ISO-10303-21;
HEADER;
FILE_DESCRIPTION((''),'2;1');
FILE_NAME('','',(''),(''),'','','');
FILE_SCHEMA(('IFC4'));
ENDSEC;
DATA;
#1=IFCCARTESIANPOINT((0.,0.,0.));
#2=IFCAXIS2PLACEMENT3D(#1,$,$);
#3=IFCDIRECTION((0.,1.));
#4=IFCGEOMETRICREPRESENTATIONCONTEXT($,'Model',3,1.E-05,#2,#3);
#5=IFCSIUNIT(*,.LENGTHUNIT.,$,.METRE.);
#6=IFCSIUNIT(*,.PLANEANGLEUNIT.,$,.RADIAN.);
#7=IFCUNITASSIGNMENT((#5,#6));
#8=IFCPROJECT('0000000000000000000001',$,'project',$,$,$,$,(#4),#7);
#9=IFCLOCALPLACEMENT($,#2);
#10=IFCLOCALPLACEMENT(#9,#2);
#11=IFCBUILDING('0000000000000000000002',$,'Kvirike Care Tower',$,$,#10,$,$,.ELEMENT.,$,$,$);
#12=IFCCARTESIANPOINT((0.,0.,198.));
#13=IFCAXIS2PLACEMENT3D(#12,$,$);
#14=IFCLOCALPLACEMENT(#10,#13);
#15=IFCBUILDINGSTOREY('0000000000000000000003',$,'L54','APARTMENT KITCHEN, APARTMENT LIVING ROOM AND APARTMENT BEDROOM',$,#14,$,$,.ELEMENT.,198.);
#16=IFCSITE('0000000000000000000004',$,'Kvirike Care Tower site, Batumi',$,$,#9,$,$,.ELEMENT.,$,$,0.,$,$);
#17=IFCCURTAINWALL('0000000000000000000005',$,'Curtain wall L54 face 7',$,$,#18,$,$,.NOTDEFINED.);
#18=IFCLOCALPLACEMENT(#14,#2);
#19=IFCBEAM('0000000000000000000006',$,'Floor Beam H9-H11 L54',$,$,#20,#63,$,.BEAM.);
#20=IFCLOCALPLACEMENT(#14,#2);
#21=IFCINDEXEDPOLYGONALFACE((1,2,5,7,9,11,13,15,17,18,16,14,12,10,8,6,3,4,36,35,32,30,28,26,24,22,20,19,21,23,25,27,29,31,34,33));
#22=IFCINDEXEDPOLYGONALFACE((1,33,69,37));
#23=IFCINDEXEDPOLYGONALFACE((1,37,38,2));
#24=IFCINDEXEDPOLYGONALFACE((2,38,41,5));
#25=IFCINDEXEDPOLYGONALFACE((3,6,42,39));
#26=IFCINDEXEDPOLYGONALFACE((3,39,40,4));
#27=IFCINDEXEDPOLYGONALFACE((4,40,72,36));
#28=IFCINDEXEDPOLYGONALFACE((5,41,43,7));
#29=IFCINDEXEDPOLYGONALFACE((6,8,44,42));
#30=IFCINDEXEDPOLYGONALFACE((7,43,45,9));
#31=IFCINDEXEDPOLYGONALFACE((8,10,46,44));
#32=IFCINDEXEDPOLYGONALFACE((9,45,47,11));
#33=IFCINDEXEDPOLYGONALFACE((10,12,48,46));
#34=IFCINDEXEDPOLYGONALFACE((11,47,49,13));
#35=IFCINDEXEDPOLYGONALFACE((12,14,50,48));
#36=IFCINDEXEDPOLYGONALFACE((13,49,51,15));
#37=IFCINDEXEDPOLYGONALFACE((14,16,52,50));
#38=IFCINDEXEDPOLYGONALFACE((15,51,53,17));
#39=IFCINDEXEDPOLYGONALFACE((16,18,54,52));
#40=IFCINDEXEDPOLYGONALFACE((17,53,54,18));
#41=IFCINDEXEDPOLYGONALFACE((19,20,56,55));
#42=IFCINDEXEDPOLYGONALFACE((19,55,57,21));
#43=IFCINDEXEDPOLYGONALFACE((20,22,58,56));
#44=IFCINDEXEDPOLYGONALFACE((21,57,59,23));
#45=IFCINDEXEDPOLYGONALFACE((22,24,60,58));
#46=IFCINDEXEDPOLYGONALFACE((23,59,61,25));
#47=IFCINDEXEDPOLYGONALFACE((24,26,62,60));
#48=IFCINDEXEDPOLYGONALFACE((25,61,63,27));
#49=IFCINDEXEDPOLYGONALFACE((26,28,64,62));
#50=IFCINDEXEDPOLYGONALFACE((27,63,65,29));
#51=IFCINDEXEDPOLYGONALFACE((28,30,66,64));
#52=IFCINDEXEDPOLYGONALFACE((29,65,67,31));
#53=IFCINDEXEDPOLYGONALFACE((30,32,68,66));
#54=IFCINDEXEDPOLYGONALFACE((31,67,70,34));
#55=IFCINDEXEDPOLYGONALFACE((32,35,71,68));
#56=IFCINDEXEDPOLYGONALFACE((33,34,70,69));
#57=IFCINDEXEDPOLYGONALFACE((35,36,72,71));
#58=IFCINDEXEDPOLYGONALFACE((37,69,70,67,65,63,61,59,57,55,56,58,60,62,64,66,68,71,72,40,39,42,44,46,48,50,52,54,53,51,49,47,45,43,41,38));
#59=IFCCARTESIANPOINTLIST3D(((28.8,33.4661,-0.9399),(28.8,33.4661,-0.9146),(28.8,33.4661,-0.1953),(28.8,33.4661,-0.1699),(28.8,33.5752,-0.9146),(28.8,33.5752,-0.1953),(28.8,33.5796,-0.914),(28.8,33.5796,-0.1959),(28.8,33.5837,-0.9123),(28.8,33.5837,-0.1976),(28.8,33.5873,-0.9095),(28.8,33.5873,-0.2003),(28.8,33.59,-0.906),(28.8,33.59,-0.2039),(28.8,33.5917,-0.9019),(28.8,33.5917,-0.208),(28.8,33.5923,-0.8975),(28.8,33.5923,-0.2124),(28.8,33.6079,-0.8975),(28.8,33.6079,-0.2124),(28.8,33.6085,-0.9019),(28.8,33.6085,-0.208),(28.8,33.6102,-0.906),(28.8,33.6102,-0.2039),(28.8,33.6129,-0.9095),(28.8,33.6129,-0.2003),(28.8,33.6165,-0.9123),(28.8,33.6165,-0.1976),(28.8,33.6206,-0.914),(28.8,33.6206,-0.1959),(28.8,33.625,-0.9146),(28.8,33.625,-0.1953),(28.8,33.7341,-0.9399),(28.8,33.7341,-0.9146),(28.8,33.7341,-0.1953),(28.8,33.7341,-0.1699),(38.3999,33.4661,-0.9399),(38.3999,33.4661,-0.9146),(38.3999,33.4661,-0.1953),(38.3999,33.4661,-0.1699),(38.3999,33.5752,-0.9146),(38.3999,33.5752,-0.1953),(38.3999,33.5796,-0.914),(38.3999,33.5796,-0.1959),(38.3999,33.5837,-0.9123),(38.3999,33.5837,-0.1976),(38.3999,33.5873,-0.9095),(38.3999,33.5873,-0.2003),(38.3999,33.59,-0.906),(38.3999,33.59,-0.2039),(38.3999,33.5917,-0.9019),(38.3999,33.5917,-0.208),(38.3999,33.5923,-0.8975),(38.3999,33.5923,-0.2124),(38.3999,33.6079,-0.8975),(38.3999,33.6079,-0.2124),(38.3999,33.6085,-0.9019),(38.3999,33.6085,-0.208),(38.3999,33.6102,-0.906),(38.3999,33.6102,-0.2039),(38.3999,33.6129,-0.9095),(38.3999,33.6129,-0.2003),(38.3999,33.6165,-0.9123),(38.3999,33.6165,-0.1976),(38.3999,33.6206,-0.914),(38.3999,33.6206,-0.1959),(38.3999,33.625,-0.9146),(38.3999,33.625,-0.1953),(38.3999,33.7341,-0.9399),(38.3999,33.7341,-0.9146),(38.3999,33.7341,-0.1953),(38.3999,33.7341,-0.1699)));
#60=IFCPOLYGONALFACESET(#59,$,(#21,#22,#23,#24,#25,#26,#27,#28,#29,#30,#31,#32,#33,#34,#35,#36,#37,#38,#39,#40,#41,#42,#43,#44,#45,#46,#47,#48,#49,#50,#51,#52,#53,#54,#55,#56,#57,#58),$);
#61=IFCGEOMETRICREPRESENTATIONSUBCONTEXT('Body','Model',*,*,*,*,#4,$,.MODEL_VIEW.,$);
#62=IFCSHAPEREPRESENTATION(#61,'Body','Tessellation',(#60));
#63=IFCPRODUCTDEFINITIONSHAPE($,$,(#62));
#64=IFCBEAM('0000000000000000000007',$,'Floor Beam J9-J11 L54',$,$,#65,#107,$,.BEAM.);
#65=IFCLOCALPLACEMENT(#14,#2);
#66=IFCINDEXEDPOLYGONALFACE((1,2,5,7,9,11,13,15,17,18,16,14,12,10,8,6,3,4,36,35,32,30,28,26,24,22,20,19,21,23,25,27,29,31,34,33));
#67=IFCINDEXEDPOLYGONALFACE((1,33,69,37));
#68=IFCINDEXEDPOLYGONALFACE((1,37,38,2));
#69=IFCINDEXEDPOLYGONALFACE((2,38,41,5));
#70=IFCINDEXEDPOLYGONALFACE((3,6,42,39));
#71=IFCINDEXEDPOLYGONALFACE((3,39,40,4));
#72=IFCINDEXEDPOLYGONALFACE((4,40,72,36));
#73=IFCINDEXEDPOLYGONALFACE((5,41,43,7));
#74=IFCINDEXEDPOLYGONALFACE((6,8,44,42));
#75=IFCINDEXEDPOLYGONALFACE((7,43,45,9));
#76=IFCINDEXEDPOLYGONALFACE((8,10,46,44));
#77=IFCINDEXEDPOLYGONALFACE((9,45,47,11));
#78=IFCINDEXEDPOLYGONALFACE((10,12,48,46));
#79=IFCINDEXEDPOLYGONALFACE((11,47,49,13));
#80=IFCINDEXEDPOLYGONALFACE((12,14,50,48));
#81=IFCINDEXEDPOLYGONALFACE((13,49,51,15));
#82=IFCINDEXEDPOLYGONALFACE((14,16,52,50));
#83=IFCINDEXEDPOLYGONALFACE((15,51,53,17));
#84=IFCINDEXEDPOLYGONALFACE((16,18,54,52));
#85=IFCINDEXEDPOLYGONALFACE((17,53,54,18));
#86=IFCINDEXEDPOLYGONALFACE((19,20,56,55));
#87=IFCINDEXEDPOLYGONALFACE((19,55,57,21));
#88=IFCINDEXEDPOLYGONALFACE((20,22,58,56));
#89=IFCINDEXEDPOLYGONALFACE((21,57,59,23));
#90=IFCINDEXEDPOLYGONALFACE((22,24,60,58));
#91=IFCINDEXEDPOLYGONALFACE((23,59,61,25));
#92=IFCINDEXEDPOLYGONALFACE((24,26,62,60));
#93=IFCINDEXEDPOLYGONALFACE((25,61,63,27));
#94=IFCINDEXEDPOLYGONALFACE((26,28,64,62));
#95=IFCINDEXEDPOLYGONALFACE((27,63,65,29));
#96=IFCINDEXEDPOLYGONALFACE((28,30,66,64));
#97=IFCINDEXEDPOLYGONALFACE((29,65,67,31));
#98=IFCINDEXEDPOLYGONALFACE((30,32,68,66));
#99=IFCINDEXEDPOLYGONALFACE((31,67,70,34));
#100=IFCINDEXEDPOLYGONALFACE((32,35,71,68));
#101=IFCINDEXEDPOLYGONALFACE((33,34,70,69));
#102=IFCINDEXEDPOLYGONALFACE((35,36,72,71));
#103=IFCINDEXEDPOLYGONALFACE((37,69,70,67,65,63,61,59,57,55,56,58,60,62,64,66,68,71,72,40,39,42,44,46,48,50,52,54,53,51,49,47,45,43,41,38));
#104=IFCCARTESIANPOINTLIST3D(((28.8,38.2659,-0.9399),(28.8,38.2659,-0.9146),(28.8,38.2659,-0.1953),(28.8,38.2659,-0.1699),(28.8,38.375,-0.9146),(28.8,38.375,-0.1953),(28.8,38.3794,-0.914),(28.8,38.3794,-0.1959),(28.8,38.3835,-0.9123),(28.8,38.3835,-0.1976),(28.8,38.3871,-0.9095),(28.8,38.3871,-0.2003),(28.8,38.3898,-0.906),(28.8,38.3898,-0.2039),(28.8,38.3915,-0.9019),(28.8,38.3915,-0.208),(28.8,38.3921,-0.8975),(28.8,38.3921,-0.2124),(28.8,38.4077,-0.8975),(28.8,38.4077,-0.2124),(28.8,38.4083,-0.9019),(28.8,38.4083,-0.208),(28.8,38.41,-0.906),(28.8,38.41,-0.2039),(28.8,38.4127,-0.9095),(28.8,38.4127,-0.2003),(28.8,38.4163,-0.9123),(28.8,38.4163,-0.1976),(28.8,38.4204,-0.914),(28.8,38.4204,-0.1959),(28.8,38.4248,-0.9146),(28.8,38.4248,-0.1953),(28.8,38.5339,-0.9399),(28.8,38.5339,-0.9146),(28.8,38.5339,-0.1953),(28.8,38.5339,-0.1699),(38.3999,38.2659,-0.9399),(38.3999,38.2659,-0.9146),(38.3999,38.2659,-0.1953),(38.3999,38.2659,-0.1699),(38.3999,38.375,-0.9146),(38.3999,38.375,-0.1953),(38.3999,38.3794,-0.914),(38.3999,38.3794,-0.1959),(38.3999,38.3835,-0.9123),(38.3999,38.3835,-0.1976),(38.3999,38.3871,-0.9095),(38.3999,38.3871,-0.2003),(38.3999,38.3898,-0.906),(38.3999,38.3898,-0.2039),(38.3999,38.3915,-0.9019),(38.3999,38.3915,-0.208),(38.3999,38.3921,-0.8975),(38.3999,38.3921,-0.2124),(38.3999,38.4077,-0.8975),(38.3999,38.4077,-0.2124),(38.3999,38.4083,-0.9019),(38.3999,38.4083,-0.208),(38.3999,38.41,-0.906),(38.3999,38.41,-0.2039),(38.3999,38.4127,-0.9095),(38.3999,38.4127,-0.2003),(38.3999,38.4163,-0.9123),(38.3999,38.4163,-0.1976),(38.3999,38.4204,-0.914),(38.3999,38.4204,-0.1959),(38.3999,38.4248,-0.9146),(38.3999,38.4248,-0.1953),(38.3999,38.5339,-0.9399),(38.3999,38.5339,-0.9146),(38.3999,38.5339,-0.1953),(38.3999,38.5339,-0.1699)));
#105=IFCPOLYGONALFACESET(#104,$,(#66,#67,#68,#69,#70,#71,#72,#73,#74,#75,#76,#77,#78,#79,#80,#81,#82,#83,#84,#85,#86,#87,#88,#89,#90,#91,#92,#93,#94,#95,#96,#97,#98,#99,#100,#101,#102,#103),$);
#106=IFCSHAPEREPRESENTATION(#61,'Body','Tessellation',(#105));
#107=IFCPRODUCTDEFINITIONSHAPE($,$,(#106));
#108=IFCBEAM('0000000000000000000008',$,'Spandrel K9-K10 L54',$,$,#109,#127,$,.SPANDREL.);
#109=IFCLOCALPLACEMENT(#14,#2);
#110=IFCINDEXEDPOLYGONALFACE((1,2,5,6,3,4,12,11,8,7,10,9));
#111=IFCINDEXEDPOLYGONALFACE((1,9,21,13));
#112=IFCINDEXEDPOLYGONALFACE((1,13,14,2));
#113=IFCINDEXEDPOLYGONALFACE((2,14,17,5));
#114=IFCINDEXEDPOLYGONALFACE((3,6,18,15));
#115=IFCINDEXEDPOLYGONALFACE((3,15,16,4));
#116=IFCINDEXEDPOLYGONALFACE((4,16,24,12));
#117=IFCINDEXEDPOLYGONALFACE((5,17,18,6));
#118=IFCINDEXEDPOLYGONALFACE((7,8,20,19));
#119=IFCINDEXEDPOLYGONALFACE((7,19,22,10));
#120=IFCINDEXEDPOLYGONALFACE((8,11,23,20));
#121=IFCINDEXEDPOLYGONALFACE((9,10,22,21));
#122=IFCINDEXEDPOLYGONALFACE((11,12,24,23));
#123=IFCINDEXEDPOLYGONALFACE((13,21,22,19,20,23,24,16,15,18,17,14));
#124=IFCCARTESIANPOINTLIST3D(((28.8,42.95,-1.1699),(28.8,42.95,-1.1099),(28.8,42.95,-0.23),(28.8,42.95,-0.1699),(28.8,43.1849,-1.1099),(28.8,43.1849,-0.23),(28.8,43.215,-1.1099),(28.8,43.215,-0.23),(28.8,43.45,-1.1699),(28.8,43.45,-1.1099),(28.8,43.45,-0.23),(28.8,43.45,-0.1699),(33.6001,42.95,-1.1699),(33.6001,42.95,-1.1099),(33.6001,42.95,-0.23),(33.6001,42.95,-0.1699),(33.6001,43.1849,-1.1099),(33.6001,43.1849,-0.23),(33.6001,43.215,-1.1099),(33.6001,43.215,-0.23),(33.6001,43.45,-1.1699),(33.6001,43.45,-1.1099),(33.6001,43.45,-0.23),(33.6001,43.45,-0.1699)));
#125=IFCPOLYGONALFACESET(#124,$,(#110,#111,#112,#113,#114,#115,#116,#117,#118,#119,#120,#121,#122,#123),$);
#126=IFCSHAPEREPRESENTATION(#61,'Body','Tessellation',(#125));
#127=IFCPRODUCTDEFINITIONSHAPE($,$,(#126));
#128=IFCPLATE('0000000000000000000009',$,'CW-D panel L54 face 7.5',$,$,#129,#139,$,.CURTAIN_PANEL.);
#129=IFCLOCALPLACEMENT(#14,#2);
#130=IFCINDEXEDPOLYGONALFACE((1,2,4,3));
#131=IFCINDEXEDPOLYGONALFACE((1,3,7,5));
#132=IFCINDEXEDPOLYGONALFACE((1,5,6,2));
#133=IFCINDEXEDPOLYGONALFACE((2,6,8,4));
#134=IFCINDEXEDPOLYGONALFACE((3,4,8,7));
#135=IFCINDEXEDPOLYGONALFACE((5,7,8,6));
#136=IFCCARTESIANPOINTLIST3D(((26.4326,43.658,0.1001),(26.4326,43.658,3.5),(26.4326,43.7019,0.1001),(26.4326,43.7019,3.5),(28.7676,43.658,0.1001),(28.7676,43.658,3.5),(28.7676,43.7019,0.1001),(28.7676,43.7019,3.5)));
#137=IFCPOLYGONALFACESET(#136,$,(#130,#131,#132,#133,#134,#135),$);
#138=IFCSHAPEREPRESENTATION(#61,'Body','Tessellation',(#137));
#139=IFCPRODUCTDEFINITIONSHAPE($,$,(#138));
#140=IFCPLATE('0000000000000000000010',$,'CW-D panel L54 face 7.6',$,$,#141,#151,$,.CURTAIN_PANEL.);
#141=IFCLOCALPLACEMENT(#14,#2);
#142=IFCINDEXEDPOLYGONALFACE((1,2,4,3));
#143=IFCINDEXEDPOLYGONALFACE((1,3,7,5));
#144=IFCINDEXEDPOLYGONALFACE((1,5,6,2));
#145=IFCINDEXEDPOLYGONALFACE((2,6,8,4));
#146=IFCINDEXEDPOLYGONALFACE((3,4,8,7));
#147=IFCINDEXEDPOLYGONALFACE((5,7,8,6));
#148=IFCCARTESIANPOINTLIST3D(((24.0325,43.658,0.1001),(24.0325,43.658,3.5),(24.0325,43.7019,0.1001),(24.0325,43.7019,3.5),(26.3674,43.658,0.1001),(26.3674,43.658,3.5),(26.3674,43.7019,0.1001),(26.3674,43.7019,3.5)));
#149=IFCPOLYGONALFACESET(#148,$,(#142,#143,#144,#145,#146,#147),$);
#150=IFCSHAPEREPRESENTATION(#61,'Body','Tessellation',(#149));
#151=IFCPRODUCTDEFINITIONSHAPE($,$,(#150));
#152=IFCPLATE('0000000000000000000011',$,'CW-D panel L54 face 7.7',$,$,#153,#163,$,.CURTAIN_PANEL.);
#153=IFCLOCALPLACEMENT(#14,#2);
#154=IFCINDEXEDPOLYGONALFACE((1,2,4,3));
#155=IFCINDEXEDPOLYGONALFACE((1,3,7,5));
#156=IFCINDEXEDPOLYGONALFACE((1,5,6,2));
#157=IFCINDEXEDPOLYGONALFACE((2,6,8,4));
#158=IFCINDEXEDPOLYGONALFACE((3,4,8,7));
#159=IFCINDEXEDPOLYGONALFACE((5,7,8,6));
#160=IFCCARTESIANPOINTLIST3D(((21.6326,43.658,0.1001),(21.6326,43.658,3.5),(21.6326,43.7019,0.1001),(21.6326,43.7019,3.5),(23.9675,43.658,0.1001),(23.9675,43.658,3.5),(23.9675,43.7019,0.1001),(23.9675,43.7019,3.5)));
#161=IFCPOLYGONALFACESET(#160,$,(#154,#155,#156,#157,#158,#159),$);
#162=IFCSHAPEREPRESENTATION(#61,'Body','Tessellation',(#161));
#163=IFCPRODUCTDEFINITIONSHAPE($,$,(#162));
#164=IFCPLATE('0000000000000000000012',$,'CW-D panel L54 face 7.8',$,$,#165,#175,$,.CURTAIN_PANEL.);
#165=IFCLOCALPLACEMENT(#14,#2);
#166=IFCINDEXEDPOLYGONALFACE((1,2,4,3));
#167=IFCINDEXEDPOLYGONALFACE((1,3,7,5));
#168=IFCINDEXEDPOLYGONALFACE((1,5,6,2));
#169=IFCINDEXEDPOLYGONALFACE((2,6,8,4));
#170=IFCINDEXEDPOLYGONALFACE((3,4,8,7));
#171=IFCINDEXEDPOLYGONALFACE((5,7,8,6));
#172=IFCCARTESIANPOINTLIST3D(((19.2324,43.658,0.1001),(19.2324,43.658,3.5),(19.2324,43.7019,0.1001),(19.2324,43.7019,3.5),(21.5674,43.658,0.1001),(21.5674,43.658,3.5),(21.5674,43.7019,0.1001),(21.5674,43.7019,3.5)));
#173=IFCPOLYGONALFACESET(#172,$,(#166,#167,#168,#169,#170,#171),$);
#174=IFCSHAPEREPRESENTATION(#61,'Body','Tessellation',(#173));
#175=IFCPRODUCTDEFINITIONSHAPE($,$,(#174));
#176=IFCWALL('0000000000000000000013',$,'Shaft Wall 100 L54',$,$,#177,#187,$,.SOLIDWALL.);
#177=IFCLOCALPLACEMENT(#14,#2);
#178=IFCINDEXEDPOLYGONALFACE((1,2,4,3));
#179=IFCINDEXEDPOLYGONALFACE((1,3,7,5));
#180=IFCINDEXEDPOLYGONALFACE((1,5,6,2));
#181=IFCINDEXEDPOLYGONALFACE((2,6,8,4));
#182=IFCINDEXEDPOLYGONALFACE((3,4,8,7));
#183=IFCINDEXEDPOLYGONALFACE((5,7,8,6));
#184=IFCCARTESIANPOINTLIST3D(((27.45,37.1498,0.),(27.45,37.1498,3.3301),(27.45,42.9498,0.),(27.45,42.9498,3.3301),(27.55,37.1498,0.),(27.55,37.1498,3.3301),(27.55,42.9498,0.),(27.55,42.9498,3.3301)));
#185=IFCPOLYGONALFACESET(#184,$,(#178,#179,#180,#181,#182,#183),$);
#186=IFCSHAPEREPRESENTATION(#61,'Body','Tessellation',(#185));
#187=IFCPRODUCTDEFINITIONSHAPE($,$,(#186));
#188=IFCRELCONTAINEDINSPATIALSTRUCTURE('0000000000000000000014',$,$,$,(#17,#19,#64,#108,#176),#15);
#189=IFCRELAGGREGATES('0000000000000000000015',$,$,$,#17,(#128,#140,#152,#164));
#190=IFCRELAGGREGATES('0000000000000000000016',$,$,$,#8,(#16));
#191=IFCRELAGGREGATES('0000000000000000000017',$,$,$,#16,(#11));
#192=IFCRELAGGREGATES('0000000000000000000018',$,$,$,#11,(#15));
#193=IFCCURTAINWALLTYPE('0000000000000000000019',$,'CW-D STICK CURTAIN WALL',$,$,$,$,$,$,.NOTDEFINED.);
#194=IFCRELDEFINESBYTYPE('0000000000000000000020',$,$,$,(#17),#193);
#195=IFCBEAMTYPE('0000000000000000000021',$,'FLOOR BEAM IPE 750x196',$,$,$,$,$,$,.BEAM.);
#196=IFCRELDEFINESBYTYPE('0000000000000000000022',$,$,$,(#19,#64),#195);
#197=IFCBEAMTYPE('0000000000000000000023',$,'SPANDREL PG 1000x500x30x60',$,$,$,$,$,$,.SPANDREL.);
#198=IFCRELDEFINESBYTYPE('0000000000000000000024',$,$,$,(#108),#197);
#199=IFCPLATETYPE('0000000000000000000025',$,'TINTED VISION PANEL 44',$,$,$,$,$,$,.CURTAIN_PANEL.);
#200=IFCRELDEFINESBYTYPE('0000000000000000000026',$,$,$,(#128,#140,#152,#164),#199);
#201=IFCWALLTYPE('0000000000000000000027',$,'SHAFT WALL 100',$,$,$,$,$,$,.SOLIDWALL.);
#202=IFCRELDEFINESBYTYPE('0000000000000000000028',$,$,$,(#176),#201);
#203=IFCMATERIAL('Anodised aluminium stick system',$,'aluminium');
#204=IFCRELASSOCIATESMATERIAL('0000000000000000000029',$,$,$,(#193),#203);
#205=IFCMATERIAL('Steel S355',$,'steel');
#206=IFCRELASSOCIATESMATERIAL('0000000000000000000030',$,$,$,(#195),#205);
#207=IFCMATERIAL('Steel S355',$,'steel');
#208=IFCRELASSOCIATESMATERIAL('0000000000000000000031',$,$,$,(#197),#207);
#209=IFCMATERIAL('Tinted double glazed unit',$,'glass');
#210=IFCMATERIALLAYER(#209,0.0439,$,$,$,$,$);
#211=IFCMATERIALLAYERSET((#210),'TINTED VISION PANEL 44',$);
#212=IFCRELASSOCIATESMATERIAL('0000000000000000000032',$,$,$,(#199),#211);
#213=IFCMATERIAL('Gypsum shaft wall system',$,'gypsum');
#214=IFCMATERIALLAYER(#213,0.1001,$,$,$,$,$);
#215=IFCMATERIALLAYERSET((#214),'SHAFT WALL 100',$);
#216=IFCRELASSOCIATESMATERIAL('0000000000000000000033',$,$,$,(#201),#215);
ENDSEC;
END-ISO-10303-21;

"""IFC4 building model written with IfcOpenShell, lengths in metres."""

from ifc_helpers import new_model, si_unit, direction, frame, frame_2d, origin, origin_2d, place, context, subcontext, project, spatial, rectangle, i_section, extrude, material, layer, layer_set, material_profile, profile_set, type_object, element, aggregate, save


model = new_model("IFC4")

# Units and contexts
model_context = context("Model", 3, precision=1e-05, world=origin(), true_north=direction((0.0, 1.0)))
body_context = subcontext(model_context, "Body", "Model", "MODEL_VIEW")
ifc_project = project(units=[si_unit("LENGTHUNIT", "METRE"), si_unit("PLANEANGLEUNIT", "RADIAN")], contexts=[model_context])

# Site, building, storey
site_placement = place(None, origin())
site = spatial("IfcSite", under=ifc_project, at=site_placement, Name="Kvirike Care Tower site, Batumi", CompositionType="ELEMENT", RefElevation=0.0)
building_placement = place(site_placement, origin())
building = spatial("IfcBuilding", under=site, at=building_placement, Name="Kvirike Care Tower", CompositionType="ELEMENT")
storey_placement = place(building_placement, frame((0.0, 0.0, 198.0)))
storey = spatial("IfcBuildingStorey", under=building, at=storey_placement, Name="L54", Description="APARTMENT KITCHEN, APARTMENT LIVING ROOM AND APARTMENT BEDROOM", CompositionType="ELEMENT", Elevation=198.0)

# Curtain wall
ifc_material_1 = material(Name="Anodised aluminium stick system", Category="aluminium")
curtain_wall_type = type_object("IfcCurtainWallType", Name="CW-D STICK CURTAIN WALL", PredefinedType="NOTDEFINED", material=ifc_material_1)
curtain_wall_placement = place(storey_placement, origin())
curtain_wall = element("IfcCurtainWall", 1, at=curtain_wall_placement, inside=storey, type_object=curtain_wall_type, Name="Curtain wall L54 face 7", PredefinedType="NOTDEFINED")

# Beams
ifc_material_2 = material(Name="Steel S355", Category="steel")
ifc_material_profile_1 = material_profile(ifc_material_2, i_section(OverallWidth=0.2681, OverallDepth=0.77, WebThickness=0.0156, FlangeThickness=0.0254, FilletRadius=0.0171, at=origin_2d()), Name="IPE 750x196")
ifc_profile_set_1 = profile_set([ifc_material_profile_1], Name="Steel S355")
beam_type_1 = type_object("IfcBeamType", Name="FLOOR BEAM IPE 750x196", PredefinedType="BEAM", material=ifc_profile_set_1)
for number, where, z_axis, x_axis, name in (
    (2, (28.8, 33.6001, -0.5549), (1.0, 0.0, 0.0), (0.0, 1.0, 0.0), "Floor Beam H9-H11 L54"),
    (3, (28.8, 38.3999, -0.5549), (1.0, 0.0, 0.0), (0.0, 1.0, 0.0), "Floor Beam J9-J11 L54"),
):
    element("IfcBeam", number, at=place(storey_placement, frame(where, z_axis=z_axis, x_axis=x_axis)), inside=storey, type_object=beam_type_1, Name=name, PredefinedType="BEAM", context=body_context, shape_type="SweptSolid", body=[
        extrude(i_section(OverallWidth=0.2681, OverallDepth=0.77, WebThickness=0.0156, FlangeThickness=0.0254, FilletRadius=0.0171, at=origin_2d()), origin(), (0.0, 0.0, 1.0), 9.5999),
    ])
ifc_material_3 = material(Name="Steel S355", Category="steel")
ifc_material_profile_2 = material_profile(ifc_material_3, i_section(OverallWidth=0.5, OverallDepth=1.0, WebThickness=0.03, FlangeThickness=0.0601, at=origin_2d()), Name="PG 1000x500x30x60")
ifc_profile_set_2 = profile_set([ifc_material_profile_2], Name="Steel S355")
beam_type_2 = type_object("IfcBeamType", Name="SPANDREL PG 1000x500x30x60", PredefinedType="SPANDREL", material=ifc_profile_set_2)
beam_placement = place(storey_placement, frame((28.8, 43.2, -0.6699), z_axis=(1.0, 0.0, 0.0), x_axis=(0.0, 1.0, 0.0)))
element("IfcBeam", 4, at=beam_placement, inside=storey, type_object=beam_type_2, Name="Spandrel K9-K10 L54", PredefinedType="SPANDREL", context=body_context, shape_type="SweptSolid", body=[
    extrude(i_section(OverallWidth=0.5, OverallDepth=1.0, WebThickness=0.03, FlangeThickness=0.0601, at=origin_2d()), origin(), (0.0, 0.0, 1.0), 4.8),
])

# Plates
ifc_material_4 = material(Name="Tinted double glazed unit", Category="glass")
ifc_layer_1 = layer(ifc_material_4, 0.0439)
ifc_layer_set_1 = layer_set([ifc_layer_1], Name="TINTED VISION PANEL 44")
plate_type = type_object("IfcPlateType", Name="TINTED VISION PANEL 44", PredefinedType="CURTAIN_PANEL", material=ifc_layer_set_1)
plate_1_placement = place(storey_placement, frame((27.6001, 43.6799, 0.1001), z_axis=(0.0, 0.0, 1.0), x_axis=(-1.0, 0.0, 0.0)))
plate_1 = element("IfcPlate", 5, at=plate_1_placement, type_object=plate_type, Name="CW-D panel L54 face 7.5", PredefinedType="CURTAIN_PANEL", context=body_context, shape_type="SweptSolid", body=[
    extrude(rectangle(XDim=2.335, YDim=0.0439, at=origin_2d()), origin(), (0.0, 0.0, 1.0), 3.3999),
])
plate_2_placement = place(storey_placement, frame((25.2, 43.6799, 0.1001), z_axis=(0.0, 0.0, 1.0), x_axis=(-1.0, 0.0, 0.0)))
plate_2 = element("IfcPlate", 6, at=plate_2_placement, type_object=plate_type, Name="CW-D panel L54 face 7.6", PredefinedType="CURTAIN_PANEL", context=body_context, shape_type="SweptSolid", body=[
    extrude(rectangle(XDim=2.335, YDim=0.0439, at=origin_2d()), origin(), (0.0, 0.0, 1.0), 3.3999),
])
plate_3_placement = place(storey_placement, frame((22.8, 43.6799, 0.1001), z_axis=(0.0, 0.0, 1.0), x_axis=(-1.0, 0.0, 0.0)))
plate_3 = element("IfcPlate", 7, at=plate_3_placement, type_object=plate_type, Name="CW-D panel L54 face 7.7", PredefinedType="CURTAIN_PANEL", context=body_context, shape_type="SweptSolid", body=[
    extrude(rectangle(XDim=2.335, YDim=0.0439, at=origin_2d()), origin(), (0.0, 0.0, 1.0), 3.3999),
])
plate_4_placement = place(storey_placement, frame((20.3999, 43.6799, 0.1001), z_axis=(0.0, 0.0, 1.0), x_axis=(-1.0, 0.0, 0.0)))
plate_4 = element("IfcPlate", 8, at=plate_4_placement, type_object=plate_type, Name="CW-D panel L54 face 7.8", PredefinedType="CURTAIN_PANEL", context=body_context, shape_type="SweptSolid", body=[
    extrude(rectangle(XDim=2.335, YDim=0.0439, at=origin_2d()), origin(), (0.0, 0.0, 1.0), 3.3999),
])
aggregate(curtain_wall, [plate_1, plate_2, plate_3, plate_4])

# Wall
ifc_material_5 = material(Name="Gypsum shaft wall system", Category="gypsum")
ifc_layer_2 = layer(ifc_material_5, 0.1001)
ifc_layer_set_2 = layer_set([ifc_layer_2], Name="SHAFT WALL 100")
wall_type = type_object("IfcWallType", Name="SHAFT WALL 100", PredefinedType="SOLIDWALL", material=ifc_layer_set_2)
wall_1_placement = place(storey_placement, frame((27.5, 37.1499, 0.0), z_axis=(0.0, 0.0, 1.0), x_axis=(0.0, 1.0, 0.0)))
element("IfcWall", 9, at=wall_1_placement, inside=storey, type_object=wall_type, Name="Shaft Wall 100 L54", PredefinedType="SOLIDWALL", context=body_context, shape_type="SweptSolid", body=[
    extrude(rectangle(XDim=5.8, YDim=0.1001, at=frame_2d((2.8999, 0.0))), origin(), (0.0, 0.0, 1.0), 3.3301),
])

save(model, "model.ifc")
